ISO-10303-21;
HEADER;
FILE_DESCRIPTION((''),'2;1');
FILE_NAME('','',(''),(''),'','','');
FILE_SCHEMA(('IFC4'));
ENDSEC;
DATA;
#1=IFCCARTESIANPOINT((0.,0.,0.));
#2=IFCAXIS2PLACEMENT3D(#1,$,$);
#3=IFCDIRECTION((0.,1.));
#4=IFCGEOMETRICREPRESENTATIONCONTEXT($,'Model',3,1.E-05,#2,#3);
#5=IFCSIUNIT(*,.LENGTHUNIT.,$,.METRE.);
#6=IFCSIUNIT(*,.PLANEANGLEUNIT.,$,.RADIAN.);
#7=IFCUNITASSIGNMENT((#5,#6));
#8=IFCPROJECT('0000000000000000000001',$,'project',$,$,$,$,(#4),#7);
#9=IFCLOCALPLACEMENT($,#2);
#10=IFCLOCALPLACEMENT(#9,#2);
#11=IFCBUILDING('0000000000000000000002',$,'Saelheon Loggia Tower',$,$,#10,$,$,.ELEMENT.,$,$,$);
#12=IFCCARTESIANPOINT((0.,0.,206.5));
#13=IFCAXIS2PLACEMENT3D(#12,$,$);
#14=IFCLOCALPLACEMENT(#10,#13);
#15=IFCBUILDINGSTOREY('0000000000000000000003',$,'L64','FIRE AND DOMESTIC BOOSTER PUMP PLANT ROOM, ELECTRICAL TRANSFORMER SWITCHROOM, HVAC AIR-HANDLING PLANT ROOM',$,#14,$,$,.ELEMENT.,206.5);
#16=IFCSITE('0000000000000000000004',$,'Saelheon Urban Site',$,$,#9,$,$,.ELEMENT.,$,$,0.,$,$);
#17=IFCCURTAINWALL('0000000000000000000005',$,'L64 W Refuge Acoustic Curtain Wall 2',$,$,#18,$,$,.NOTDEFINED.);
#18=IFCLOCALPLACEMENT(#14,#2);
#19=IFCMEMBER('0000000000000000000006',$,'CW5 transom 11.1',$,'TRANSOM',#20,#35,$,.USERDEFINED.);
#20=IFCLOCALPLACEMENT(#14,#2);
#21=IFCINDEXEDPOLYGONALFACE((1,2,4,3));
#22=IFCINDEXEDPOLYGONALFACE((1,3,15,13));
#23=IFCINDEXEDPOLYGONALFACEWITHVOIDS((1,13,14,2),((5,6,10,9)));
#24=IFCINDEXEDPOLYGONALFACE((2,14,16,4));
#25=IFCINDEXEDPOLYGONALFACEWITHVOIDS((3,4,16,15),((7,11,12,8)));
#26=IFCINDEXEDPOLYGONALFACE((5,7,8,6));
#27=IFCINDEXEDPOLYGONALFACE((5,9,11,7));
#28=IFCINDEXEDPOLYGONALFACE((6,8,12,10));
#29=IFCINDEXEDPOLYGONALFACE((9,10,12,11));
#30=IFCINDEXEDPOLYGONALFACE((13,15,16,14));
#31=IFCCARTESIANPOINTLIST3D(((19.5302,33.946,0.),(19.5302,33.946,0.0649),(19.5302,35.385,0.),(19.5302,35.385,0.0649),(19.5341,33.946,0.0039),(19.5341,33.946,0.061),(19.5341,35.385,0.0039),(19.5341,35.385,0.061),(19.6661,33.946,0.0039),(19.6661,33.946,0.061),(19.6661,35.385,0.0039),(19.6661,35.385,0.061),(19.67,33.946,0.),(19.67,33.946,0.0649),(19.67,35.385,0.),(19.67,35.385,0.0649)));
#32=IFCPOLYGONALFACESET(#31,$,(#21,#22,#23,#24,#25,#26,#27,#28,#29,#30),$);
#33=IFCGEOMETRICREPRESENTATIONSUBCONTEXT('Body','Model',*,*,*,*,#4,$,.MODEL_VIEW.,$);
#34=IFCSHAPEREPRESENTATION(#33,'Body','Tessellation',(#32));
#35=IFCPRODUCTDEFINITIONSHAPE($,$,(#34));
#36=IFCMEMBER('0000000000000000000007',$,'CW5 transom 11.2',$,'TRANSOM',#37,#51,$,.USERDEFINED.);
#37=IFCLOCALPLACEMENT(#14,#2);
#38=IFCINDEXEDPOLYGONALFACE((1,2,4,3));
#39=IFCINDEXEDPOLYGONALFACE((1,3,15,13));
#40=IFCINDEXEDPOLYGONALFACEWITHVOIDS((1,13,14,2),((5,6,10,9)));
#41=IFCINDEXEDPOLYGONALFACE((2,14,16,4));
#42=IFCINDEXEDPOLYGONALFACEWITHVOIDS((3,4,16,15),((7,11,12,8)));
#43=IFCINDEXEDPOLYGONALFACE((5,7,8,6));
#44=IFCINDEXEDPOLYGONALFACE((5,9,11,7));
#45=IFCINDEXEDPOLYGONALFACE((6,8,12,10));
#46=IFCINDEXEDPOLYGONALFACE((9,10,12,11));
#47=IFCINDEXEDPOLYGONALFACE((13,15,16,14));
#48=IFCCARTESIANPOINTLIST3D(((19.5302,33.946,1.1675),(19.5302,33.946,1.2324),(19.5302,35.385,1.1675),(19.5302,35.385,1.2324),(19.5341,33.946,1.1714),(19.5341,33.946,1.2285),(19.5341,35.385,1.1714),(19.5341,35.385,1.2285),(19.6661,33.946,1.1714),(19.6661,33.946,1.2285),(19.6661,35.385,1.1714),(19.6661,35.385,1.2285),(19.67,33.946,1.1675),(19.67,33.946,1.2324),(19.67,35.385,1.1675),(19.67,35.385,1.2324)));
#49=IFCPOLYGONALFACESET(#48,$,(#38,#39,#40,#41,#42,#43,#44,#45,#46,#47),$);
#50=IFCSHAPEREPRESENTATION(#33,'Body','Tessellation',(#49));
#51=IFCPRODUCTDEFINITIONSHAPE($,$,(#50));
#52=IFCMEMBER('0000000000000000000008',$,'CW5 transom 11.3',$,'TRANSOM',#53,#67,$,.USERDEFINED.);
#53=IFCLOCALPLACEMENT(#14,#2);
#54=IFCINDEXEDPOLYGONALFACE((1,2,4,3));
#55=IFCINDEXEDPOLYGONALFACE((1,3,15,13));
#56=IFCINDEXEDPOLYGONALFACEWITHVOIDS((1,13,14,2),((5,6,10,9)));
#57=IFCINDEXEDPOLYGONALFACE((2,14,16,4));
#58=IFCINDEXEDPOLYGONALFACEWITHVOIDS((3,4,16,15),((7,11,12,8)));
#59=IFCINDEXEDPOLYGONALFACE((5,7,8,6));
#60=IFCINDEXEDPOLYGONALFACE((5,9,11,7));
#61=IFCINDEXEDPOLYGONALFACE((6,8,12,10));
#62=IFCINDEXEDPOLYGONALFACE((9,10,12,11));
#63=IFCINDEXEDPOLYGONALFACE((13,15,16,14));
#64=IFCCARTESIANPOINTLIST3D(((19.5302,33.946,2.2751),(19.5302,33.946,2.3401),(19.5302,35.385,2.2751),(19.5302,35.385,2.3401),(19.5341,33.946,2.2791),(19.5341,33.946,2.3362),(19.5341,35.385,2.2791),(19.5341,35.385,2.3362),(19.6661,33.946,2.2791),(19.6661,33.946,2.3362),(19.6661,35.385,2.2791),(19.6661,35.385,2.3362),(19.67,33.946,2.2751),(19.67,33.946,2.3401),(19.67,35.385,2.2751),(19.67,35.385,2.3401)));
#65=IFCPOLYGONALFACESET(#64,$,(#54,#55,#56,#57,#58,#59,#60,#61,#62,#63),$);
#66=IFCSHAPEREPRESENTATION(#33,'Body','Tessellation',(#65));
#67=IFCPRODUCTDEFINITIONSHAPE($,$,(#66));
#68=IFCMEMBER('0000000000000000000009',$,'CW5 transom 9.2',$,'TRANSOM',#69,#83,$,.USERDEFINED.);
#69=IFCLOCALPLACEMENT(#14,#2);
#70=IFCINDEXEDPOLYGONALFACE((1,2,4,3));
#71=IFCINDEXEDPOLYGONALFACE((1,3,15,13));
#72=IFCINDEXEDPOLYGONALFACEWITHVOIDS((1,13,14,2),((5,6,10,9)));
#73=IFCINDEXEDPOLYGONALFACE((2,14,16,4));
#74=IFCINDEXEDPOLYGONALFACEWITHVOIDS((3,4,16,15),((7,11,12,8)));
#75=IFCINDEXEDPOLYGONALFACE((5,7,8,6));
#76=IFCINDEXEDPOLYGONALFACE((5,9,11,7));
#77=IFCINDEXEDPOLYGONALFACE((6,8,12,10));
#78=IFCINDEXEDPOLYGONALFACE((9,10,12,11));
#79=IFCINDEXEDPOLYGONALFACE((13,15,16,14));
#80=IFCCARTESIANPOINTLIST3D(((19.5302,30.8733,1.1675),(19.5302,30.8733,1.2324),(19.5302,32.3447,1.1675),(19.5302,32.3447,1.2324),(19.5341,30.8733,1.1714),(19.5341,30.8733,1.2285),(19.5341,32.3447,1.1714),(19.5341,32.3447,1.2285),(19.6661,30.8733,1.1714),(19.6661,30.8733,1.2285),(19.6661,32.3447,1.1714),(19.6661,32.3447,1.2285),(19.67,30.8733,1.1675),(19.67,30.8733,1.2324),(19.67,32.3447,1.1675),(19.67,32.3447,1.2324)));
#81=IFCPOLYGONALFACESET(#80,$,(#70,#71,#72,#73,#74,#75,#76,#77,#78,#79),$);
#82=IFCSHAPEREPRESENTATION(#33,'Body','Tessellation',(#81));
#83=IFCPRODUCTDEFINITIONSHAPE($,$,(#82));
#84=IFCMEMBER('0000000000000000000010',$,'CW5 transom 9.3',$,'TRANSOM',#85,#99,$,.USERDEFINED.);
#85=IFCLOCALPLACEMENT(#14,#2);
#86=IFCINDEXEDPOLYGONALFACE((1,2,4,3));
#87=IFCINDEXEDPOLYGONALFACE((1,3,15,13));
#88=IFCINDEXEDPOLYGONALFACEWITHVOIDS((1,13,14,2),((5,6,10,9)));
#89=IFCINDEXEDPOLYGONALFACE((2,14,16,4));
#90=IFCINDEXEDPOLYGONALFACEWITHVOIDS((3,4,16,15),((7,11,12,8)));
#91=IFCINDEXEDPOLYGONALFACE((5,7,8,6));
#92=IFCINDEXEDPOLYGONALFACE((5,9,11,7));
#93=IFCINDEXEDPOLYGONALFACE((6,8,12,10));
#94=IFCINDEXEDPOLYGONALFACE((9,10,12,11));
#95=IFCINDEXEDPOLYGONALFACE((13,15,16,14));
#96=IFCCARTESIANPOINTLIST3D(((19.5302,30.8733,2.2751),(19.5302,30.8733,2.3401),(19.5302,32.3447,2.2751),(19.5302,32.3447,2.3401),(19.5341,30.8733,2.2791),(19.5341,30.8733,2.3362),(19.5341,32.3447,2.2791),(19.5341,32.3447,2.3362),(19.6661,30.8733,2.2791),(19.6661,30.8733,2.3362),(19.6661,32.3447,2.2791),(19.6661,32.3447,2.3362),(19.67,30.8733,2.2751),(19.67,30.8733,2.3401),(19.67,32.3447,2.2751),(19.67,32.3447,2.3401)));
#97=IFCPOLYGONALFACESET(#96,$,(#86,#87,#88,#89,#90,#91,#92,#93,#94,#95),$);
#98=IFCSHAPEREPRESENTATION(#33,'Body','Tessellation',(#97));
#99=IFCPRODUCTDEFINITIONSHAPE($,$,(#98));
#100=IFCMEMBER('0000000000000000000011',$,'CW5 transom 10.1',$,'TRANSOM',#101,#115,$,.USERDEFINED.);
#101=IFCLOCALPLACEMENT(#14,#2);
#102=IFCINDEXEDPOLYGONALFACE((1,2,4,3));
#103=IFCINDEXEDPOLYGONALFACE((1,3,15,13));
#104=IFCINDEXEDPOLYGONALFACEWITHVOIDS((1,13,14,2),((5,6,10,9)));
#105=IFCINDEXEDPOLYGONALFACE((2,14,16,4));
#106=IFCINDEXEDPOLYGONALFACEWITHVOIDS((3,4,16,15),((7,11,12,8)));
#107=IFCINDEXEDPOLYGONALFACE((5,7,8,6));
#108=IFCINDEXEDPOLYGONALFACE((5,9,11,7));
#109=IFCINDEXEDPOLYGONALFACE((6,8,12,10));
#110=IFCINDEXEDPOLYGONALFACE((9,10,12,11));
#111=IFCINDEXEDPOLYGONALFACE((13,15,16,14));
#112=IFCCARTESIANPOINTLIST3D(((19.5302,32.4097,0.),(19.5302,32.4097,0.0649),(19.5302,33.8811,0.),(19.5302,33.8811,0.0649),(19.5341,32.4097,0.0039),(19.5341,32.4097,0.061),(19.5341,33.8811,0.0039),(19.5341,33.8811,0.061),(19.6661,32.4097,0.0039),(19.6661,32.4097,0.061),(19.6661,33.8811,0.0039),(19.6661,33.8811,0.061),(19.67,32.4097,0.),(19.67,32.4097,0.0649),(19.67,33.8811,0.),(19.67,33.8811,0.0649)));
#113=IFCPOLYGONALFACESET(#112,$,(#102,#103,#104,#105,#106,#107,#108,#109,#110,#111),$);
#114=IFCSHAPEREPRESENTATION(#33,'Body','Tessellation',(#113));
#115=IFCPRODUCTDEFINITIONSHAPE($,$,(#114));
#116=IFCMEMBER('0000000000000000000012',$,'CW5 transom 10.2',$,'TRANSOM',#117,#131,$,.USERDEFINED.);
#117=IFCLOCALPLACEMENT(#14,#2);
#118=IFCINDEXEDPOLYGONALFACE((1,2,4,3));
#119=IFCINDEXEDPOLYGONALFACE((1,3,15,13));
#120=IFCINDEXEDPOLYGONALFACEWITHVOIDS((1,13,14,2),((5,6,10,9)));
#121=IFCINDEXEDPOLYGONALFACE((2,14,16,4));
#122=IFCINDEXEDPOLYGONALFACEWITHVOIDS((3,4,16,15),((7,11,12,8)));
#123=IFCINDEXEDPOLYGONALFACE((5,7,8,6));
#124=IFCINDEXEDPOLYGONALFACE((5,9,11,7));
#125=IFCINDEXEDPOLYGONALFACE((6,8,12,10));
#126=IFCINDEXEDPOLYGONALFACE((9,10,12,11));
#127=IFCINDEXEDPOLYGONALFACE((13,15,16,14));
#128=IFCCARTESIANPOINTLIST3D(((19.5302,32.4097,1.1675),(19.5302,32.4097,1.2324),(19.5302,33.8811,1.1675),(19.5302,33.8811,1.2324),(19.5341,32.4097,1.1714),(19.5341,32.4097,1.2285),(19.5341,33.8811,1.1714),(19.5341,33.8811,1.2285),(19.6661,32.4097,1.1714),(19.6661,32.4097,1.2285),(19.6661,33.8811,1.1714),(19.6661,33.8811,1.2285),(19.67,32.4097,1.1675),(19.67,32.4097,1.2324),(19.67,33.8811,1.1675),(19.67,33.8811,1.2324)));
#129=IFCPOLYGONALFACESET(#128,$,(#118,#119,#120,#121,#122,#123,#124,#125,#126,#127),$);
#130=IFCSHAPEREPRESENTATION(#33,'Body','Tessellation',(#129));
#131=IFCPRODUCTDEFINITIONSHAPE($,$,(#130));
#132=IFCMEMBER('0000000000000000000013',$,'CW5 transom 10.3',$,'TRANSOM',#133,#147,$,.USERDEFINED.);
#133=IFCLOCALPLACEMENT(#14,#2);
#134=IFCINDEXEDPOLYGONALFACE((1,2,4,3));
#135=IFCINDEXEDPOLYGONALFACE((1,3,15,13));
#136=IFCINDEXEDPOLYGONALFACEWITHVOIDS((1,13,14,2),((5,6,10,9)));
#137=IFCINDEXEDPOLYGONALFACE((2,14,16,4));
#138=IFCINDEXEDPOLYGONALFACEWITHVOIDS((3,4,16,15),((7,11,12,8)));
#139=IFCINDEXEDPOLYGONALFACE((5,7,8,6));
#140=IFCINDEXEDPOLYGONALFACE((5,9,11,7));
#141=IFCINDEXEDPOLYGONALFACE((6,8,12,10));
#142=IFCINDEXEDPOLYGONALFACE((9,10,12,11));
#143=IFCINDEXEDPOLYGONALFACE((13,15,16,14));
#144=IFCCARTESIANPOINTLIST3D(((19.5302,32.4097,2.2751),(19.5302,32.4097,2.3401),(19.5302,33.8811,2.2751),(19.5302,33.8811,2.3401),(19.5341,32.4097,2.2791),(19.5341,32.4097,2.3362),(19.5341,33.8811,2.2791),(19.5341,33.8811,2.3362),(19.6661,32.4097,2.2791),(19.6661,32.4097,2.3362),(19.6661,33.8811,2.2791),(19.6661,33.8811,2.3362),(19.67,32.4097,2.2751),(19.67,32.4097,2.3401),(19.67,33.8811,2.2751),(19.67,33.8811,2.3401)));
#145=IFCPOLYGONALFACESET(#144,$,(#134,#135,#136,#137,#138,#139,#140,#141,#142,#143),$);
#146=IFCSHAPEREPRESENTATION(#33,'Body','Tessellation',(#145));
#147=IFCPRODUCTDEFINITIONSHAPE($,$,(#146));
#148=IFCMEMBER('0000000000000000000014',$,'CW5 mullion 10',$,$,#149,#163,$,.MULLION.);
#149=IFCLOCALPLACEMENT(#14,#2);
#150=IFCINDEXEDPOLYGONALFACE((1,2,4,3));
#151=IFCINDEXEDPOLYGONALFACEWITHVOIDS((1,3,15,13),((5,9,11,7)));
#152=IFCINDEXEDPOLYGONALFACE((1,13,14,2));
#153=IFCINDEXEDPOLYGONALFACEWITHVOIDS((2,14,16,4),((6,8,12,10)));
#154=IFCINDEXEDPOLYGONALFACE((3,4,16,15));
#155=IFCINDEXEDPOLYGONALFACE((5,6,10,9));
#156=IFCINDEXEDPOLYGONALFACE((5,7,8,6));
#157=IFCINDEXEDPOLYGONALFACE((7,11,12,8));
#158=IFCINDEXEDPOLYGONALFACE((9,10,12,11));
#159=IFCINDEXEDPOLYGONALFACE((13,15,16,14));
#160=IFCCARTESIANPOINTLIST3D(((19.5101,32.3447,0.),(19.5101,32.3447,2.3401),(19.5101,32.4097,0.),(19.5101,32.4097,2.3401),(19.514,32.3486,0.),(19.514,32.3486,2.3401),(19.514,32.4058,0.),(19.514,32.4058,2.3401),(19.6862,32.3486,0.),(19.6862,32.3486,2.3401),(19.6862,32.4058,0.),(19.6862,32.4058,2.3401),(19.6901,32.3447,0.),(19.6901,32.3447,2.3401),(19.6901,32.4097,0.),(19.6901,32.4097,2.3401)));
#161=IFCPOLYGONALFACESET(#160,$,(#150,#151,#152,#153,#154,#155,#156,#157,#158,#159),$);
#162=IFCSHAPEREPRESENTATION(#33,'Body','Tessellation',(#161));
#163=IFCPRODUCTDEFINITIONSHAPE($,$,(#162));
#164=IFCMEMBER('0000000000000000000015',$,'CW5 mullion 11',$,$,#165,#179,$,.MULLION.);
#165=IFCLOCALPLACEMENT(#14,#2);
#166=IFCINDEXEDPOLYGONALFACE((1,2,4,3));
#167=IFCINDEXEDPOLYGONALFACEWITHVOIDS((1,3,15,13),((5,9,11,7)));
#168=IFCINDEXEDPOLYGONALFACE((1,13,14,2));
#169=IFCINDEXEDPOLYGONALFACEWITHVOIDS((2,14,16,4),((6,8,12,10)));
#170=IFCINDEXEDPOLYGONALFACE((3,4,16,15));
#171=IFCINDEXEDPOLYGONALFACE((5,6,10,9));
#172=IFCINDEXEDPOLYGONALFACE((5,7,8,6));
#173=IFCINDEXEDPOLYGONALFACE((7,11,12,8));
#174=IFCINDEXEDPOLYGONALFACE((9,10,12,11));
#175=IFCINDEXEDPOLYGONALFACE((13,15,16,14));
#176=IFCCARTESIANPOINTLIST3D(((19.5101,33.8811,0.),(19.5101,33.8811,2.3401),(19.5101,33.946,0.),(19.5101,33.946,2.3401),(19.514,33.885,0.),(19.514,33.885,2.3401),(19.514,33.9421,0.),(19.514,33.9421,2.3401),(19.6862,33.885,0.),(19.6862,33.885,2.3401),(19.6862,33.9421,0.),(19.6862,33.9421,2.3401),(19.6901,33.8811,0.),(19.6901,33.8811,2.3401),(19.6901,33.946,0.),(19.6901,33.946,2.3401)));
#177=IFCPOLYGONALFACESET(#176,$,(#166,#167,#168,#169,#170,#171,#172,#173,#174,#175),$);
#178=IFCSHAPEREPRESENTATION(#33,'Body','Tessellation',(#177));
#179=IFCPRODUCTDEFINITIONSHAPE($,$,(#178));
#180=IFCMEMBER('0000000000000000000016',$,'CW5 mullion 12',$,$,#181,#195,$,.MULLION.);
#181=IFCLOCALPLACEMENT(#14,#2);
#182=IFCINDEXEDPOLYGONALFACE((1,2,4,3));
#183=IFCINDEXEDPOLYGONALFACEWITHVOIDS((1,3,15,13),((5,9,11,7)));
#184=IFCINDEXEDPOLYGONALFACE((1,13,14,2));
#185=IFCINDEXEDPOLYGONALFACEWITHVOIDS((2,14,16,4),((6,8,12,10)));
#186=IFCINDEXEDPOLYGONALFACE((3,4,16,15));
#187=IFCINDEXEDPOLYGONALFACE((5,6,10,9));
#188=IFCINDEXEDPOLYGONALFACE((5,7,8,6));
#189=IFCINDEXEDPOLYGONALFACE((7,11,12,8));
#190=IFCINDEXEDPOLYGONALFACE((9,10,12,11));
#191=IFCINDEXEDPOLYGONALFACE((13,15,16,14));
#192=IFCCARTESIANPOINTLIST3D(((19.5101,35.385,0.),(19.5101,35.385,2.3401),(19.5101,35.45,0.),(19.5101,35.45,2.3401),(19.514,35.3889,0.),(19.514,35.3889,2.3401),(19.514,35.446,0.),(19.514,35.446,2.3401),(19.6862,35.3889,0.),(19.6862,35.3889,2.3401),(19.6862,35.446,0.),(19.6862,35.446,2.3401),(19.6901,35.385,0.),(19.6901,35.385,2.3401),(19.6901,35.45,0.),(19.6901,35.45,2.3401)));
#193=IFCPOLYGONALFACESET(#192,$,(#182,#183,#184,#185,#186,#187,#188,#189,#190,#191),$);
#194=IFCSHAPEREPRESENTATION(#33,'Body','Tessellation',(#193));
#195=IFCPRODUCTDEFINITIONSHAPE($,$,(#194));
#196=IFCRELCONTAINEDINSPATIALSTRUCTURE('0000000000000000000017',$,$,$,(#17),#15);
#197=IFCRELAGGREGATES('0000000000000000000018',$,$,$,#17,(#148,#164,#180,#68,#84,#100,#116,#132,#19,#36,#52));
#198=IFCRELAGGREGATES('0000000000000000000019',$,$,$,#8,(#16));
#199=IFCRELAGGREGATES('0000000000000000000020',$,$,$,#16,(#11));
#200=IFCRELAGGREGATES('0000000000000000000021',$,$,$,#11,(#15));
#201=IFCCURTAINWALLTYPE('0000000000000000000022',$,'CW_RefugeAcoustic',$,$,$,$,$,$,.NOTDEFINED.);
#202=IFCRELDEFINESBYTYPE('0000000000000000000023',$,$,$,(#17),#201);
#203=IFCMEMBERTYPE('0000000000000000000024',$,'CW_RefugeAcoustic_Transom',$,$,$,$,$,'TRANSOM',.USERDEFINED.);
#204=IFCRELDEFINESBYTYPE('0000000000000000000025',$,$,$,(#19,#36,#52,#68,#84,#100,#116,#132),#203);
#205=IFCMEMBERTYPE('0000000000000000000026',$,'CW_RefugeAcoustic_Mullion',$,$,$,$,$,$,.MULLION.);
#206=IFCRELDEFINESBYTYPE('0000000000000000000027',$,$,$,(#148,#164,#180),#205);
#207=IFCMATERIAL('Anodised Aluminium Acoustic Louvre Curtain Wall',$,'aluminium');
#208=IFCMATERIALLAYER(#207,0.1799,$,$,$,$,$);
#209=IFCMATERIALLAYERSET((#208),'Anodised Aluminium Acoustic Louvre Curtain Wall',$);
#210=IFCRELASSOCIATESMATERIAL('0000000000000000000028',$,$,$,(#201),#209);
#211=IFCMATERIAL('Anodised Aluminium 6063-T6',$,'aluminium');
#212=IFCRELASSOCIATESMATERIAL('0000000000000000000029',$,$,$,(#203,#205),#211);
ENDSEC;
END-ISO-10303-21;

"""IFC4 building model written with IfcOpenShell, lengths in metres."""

from ifc_helpers import new_model, si_unit, direction, frame, origin, origin_2d, place, context, subcontext, project, spatial, hollow_rectangle, extrude, source, transform, mapped, material, layer, layer_set, material_profile, profile_set, type_object, element, aggregate, save


model = new_model("IFC4")

# Units and contexts
model_context = context("Model", 3, precision=1e-05, world=origin(), true_north=direction((0.0, 1.0)))
body_context = subcontext(model_context, "Body", "Model", "MODEL_VIEW")
ifc_project = project(units=[si_unit("LENGTHUNIT", "METRE"), si_unit("PLANEANGLEUNIT", "RADIAN")], contexts=[model_context])

# Site, building, storey
site_placement = place(None, origin())
site = spatial("IfcSite", under=ifc_project, at=site_placement, Name="Saelheon Urban Site", CompositionType="ELEMENT", RefElevation=0.0)
building_placement = place(site_placement, origin())
building = spatial("IfcBuilding", under=site, at=building_placement, Name="Saelheon Loggia Tower", CompositionType="ELEMENT")
storey_placement = place(building_placement, frame((0.0, 0.0, 206.5)))
storey = spatial("IfcBuildingStorey", under=building, at=storey_placement, Name="L64", Description="FIRE AND DOMESTIC BOOSTER PUMP PLANT ROOM, ELECTRICAL TRANSFORMER SWITCHROOM, HVAC AIR-HANDLING PLANT ROOM", CompositionType="ELEMENT", Elevation=206.5)

# Curtain wall, members
ifc_material_1 = material(Name="Anodised Aluminium Acoustic Louvre Curtain Wall", Category="aluminium")
ifc_layer_1 = layer(ifc_material_1, 0.1799)
ifc_layer_set_1 = layer_set([ifc_layer_1], Name="Anodised Aluminium Acoustic Louvre Curtain Wall")
curtain_wall_type = type_object("IfcCurtainWallType", Name="CW_RefugeAcoustic", PredefinedType="NOTDEFINED", material=ifc_layer_set_1)
curtain_wall_placement = place(storey_placement, origin())
curtain_wall = element("IfcCurtainWall", 1, at=curtain_wall_placement, inside=storey, type_object=curtain_wall_type, Name="L64 W Refuge Acoustic Curtain Wall 2", PredefinedType="NOTDEFINED")
ifc_material_2 = material(Name="Anodised Aluminium 6063-T6", Category="aluminium")
ifc_material_profile_1 = material_profile(ifc_material_2, hollow_rectangle(XDim=0.0649, YDim=0.1399, WallThickness=0.0039, at=origin_2d()), Name="RHS-140x65x4")
ifc_profile_set_1 = profile_set([ifc_material_profile_1], Name="Anodised Aluminium 6063-T6")
member_type_1 = type_object("IfcMemberType", Name="CW_RefugeAcoustic_Transom", ElementType="TRANSOM", PredefinedType="USERDEFINED", material=ifc_profile_set_1)
shared_shape_1 = source(origin(), body_context, "Body", "SweptSolid", [
    extrude(hollow_rectangle(XDim=0.0649, YDim=0.1399, WallThickness=0.0039, at=origin_2d()), origin(), (0.0, 0.0, 1.0), 1.439),
])
member_1_placement = place(storey_placement, frame((19.6001, 33.946, 0.0325), z_axis=(0.0, 1.0, 0.0), x_axis=(0.0, 0.0, 1.0)))
member_1 = element("IfcMember", 2, at=member_1_placement, type_object=member_type_1, Name="CW5 transom 11.1", ObjectType="TRANSOM", PredefinedType="USERDEFINED", context=body_context, shape_type="MappedRepresentation", body=[
    mapped(shared_shape_1, transform((0.0, 0.0, 0.0), scale=1.0)),
])
member_2_placement = place(storey_placement, frame((19.6001, 33.946, 1.2), z_axis=(0.0, 1.0, 0.0), x_axis=(0.0, 0.0, 1.0)))
member_2 = element("IfcMember", 3, at=member_2_placement, type_object=member_type_1, Name="CW5 transom 11.2", ObjectType="TRANSOM", PredefinedType="USERDEFINED", context=body_context, shape_type="MappedRepresentation", body=[
    mapped(shared_shape_1, transform((0.0, 0.0, 0.0), scale=1.0)),
])
member_3_placement = place(storey_placement, frame((19.6001, 33.946, 2.3076), z_axis=(0.0, 1.0, 0.0), x_axis=(0.0, 0.0, 1.0)))
member_3 = element("IfcMember", 4, at=member_3_placement, type_object=member_type_1, Name="CW5 transom 11.3", ObjectType="TRANSOM", PredefinedType="USERDEFINED", context=body_context, shape_type="MappedRepresentation", body=[
    mapped(shared_shape_1, transform((0.0, 0.0, 0.0), scale=1.0)),
])
shared_shape_2 = source(origin(), body_context, "Body", "SweptSolid", [
    extrude(hollow_rectangle(XDim=0.0649, YDim=0.1399, WallThickness=0.0039, at=origin_2d()), origin(), (0.0, 0.0, 1.0), 1.4714),
])
member_4_placement = place(storey_placement, frame((19.6001, 30.8733, 1.2), z_axis=(0.0, 1.0, 0.0), x_axis=(0.0, 0.0, 1.0)))
member_4 = element("IfcMember", 5, at=member_4_placement, type_object=member_type_1, Name="CW5 transom 9.2", ObjectType="TRANSOM", PredefinedType="USERDEFINED", context=body_context, shape_type="MappedRepresentation", body=[
    mapped(shared_shape_2, transform((0.0, 0.0, 0.0), scale=1.0)),
])
member_5_placement = place(storey_placement, frame((19.6001, 30.8733, 2.3076), z_axis=(0.0, 1.0, 0.0), x_axis=(0.0, 0.0, 1.0)))
member_5 = element("IfcMember", 6, at=member_5_placement, type_object=member_type_1, Name="CW5 transom 9.3", ObjectType="TRANSOM", PredefinedType="USERDEFINED", context=body_context, shape_type="MappedRepresentation", body=[
    mapped(shared_shape_2, transform((0.0, 0.0, 0.0), scale=1.0)),
])
member_6_placement = place(storey_placement, frame((19.6001, 32.4097, 0.0325), z_axis=(0.0, 1.0, 0.0), x_axis=(0.0, 0.0, 1.0)))
member_6 = element("IfcMember", 7, at=member_6_placement, type_object=member_type_1, Name="CW5 transom 10.1", ObjectType="TRANSOM", PredefinedType="USERDEFINED", context=body_context, shape_type="MappedRepresentation", body=[
    mapped(shared_shape_2, transform((0.0, 0.0, 0.0), scale=1.0)),
])
member_7_placement = place(storey_placement, frame((19.6001, 32.4097, 1.2), z_axis=(0.0, 1.0, 0.0), x_axis=(0.0, 0.0, 1.0)))
member_7 = element("IfcMember", 8, at=member_7_placement, type_object=member_type_1, Name="CW5 transom 10.2", ObjectType="TRANSOM", PredefinedType="USERDEFINED", context=body_context, shape_type="MappedRepresentation", body=[
    mapped(shared_shape_2, transform((0.0, 0.0, 0.0), scale=1.0)),
])
member_8_placement = place(storey_placement, frame((19.6001, 32.4097, 2.3076), z_axis=(0.0, 1.0, 0.0), x_axis=(0.0, 0.0, 1.0)))
member_8 = element("IfcMember", 9, at=member_8_placement, type_object=member_type_1, Name="CW5 transom 10.3", ObjectType="TRANSOM", PredefinedType="USERDEFINED", context=body_context, shape_type="MappedRepresentation", body=[
    mapped(shared_shape_2, transform((0.0, 0.0, 0.0), scale=1.0)),
])
ifc_material_profile_2 = material_profile(ifc_material_2, hollow_rectangle(XDim=0.0649, YDim=0.1799, WallThickness=0.0039, at=origin_2d()), Name="RHS-180x65x4")
ifc_profile_set_2 = profile_set([ifc_material_profile_2], Name="Anodised Aluminium 6063-T6")
member_type_2 = type_object("IfcMemberType", Name="CW_RefugeAcoustic_Mullion", PredefinedType="MULLION", material=ifc_profile_set_2)
shared_shape_3 = source(origin(), body_context, "Body", "SweptSolid", [
    extrude(hollow_rectangle(XDim=0.0649, YDim=0.1799, WallThickness=0.0039, at=origin_2d()), origin(), (0.0, 0.0, 1.0), 2.3401),
])
member_9_placement = place(storey_placement, frame((19.6001, 32.3772, 0.0), z_axis=(0.0, 0.0, 1.0), x_axis=(0.0, 1.0, 0.0)))
member_9 = element("IfcMember", 10, at=member_9_placement, type_object=member_type_2, Name="CW5 mullion 10", PredefinedType="MULLION", context=body_context, shape_type="MappedRepresentation", body=[
    mapped(shared_shape_3, transform((0.0, 0.0, 0.0), scale=1.0)),
])
member_10_placement = place(storey_placement, frame((19.6001, 33.9136, 0.0), z_axis=(0.0, 0.0, 1.0), x_axis=(0.0, 1.0, 0.0)))
member_10 = element("IfcMember", 11, at=member_10_placement, type_object=member_type_2, Name="CW5 mullion 11", PredefinedType="MULLION", context=body_context, shape_type="MappedRepresentation", body=[
    mapped(shared_shape_3, transform((0.0, 0.0, 0.0), scale=1.0)),
])
member_11_placement = place(storey_placement, frame((19.6001, 35.4175, 0.0), z_axis=(0.0, 0.0, 1.0), x_axis=(0.0, 1.0, 0.0)))
member_11 = element("IfcMember", 12, at=member_11_placement, type_object=member_type_2, Name="CW5 mullion 12", PredefinedType="MULLION", context=body_context, shape_type="MappedRepresentation", body=[
    mapped(shared_shape_3, transform((0.0, 0.0, 0.0), scale=1.0)),
])

aggregate(curtain_wall, [member_9, member_10, member_11, member_4, member_5, member_6, member_7, member_8, member_1, member_2, member_3])

save(model, "model.ifc")
